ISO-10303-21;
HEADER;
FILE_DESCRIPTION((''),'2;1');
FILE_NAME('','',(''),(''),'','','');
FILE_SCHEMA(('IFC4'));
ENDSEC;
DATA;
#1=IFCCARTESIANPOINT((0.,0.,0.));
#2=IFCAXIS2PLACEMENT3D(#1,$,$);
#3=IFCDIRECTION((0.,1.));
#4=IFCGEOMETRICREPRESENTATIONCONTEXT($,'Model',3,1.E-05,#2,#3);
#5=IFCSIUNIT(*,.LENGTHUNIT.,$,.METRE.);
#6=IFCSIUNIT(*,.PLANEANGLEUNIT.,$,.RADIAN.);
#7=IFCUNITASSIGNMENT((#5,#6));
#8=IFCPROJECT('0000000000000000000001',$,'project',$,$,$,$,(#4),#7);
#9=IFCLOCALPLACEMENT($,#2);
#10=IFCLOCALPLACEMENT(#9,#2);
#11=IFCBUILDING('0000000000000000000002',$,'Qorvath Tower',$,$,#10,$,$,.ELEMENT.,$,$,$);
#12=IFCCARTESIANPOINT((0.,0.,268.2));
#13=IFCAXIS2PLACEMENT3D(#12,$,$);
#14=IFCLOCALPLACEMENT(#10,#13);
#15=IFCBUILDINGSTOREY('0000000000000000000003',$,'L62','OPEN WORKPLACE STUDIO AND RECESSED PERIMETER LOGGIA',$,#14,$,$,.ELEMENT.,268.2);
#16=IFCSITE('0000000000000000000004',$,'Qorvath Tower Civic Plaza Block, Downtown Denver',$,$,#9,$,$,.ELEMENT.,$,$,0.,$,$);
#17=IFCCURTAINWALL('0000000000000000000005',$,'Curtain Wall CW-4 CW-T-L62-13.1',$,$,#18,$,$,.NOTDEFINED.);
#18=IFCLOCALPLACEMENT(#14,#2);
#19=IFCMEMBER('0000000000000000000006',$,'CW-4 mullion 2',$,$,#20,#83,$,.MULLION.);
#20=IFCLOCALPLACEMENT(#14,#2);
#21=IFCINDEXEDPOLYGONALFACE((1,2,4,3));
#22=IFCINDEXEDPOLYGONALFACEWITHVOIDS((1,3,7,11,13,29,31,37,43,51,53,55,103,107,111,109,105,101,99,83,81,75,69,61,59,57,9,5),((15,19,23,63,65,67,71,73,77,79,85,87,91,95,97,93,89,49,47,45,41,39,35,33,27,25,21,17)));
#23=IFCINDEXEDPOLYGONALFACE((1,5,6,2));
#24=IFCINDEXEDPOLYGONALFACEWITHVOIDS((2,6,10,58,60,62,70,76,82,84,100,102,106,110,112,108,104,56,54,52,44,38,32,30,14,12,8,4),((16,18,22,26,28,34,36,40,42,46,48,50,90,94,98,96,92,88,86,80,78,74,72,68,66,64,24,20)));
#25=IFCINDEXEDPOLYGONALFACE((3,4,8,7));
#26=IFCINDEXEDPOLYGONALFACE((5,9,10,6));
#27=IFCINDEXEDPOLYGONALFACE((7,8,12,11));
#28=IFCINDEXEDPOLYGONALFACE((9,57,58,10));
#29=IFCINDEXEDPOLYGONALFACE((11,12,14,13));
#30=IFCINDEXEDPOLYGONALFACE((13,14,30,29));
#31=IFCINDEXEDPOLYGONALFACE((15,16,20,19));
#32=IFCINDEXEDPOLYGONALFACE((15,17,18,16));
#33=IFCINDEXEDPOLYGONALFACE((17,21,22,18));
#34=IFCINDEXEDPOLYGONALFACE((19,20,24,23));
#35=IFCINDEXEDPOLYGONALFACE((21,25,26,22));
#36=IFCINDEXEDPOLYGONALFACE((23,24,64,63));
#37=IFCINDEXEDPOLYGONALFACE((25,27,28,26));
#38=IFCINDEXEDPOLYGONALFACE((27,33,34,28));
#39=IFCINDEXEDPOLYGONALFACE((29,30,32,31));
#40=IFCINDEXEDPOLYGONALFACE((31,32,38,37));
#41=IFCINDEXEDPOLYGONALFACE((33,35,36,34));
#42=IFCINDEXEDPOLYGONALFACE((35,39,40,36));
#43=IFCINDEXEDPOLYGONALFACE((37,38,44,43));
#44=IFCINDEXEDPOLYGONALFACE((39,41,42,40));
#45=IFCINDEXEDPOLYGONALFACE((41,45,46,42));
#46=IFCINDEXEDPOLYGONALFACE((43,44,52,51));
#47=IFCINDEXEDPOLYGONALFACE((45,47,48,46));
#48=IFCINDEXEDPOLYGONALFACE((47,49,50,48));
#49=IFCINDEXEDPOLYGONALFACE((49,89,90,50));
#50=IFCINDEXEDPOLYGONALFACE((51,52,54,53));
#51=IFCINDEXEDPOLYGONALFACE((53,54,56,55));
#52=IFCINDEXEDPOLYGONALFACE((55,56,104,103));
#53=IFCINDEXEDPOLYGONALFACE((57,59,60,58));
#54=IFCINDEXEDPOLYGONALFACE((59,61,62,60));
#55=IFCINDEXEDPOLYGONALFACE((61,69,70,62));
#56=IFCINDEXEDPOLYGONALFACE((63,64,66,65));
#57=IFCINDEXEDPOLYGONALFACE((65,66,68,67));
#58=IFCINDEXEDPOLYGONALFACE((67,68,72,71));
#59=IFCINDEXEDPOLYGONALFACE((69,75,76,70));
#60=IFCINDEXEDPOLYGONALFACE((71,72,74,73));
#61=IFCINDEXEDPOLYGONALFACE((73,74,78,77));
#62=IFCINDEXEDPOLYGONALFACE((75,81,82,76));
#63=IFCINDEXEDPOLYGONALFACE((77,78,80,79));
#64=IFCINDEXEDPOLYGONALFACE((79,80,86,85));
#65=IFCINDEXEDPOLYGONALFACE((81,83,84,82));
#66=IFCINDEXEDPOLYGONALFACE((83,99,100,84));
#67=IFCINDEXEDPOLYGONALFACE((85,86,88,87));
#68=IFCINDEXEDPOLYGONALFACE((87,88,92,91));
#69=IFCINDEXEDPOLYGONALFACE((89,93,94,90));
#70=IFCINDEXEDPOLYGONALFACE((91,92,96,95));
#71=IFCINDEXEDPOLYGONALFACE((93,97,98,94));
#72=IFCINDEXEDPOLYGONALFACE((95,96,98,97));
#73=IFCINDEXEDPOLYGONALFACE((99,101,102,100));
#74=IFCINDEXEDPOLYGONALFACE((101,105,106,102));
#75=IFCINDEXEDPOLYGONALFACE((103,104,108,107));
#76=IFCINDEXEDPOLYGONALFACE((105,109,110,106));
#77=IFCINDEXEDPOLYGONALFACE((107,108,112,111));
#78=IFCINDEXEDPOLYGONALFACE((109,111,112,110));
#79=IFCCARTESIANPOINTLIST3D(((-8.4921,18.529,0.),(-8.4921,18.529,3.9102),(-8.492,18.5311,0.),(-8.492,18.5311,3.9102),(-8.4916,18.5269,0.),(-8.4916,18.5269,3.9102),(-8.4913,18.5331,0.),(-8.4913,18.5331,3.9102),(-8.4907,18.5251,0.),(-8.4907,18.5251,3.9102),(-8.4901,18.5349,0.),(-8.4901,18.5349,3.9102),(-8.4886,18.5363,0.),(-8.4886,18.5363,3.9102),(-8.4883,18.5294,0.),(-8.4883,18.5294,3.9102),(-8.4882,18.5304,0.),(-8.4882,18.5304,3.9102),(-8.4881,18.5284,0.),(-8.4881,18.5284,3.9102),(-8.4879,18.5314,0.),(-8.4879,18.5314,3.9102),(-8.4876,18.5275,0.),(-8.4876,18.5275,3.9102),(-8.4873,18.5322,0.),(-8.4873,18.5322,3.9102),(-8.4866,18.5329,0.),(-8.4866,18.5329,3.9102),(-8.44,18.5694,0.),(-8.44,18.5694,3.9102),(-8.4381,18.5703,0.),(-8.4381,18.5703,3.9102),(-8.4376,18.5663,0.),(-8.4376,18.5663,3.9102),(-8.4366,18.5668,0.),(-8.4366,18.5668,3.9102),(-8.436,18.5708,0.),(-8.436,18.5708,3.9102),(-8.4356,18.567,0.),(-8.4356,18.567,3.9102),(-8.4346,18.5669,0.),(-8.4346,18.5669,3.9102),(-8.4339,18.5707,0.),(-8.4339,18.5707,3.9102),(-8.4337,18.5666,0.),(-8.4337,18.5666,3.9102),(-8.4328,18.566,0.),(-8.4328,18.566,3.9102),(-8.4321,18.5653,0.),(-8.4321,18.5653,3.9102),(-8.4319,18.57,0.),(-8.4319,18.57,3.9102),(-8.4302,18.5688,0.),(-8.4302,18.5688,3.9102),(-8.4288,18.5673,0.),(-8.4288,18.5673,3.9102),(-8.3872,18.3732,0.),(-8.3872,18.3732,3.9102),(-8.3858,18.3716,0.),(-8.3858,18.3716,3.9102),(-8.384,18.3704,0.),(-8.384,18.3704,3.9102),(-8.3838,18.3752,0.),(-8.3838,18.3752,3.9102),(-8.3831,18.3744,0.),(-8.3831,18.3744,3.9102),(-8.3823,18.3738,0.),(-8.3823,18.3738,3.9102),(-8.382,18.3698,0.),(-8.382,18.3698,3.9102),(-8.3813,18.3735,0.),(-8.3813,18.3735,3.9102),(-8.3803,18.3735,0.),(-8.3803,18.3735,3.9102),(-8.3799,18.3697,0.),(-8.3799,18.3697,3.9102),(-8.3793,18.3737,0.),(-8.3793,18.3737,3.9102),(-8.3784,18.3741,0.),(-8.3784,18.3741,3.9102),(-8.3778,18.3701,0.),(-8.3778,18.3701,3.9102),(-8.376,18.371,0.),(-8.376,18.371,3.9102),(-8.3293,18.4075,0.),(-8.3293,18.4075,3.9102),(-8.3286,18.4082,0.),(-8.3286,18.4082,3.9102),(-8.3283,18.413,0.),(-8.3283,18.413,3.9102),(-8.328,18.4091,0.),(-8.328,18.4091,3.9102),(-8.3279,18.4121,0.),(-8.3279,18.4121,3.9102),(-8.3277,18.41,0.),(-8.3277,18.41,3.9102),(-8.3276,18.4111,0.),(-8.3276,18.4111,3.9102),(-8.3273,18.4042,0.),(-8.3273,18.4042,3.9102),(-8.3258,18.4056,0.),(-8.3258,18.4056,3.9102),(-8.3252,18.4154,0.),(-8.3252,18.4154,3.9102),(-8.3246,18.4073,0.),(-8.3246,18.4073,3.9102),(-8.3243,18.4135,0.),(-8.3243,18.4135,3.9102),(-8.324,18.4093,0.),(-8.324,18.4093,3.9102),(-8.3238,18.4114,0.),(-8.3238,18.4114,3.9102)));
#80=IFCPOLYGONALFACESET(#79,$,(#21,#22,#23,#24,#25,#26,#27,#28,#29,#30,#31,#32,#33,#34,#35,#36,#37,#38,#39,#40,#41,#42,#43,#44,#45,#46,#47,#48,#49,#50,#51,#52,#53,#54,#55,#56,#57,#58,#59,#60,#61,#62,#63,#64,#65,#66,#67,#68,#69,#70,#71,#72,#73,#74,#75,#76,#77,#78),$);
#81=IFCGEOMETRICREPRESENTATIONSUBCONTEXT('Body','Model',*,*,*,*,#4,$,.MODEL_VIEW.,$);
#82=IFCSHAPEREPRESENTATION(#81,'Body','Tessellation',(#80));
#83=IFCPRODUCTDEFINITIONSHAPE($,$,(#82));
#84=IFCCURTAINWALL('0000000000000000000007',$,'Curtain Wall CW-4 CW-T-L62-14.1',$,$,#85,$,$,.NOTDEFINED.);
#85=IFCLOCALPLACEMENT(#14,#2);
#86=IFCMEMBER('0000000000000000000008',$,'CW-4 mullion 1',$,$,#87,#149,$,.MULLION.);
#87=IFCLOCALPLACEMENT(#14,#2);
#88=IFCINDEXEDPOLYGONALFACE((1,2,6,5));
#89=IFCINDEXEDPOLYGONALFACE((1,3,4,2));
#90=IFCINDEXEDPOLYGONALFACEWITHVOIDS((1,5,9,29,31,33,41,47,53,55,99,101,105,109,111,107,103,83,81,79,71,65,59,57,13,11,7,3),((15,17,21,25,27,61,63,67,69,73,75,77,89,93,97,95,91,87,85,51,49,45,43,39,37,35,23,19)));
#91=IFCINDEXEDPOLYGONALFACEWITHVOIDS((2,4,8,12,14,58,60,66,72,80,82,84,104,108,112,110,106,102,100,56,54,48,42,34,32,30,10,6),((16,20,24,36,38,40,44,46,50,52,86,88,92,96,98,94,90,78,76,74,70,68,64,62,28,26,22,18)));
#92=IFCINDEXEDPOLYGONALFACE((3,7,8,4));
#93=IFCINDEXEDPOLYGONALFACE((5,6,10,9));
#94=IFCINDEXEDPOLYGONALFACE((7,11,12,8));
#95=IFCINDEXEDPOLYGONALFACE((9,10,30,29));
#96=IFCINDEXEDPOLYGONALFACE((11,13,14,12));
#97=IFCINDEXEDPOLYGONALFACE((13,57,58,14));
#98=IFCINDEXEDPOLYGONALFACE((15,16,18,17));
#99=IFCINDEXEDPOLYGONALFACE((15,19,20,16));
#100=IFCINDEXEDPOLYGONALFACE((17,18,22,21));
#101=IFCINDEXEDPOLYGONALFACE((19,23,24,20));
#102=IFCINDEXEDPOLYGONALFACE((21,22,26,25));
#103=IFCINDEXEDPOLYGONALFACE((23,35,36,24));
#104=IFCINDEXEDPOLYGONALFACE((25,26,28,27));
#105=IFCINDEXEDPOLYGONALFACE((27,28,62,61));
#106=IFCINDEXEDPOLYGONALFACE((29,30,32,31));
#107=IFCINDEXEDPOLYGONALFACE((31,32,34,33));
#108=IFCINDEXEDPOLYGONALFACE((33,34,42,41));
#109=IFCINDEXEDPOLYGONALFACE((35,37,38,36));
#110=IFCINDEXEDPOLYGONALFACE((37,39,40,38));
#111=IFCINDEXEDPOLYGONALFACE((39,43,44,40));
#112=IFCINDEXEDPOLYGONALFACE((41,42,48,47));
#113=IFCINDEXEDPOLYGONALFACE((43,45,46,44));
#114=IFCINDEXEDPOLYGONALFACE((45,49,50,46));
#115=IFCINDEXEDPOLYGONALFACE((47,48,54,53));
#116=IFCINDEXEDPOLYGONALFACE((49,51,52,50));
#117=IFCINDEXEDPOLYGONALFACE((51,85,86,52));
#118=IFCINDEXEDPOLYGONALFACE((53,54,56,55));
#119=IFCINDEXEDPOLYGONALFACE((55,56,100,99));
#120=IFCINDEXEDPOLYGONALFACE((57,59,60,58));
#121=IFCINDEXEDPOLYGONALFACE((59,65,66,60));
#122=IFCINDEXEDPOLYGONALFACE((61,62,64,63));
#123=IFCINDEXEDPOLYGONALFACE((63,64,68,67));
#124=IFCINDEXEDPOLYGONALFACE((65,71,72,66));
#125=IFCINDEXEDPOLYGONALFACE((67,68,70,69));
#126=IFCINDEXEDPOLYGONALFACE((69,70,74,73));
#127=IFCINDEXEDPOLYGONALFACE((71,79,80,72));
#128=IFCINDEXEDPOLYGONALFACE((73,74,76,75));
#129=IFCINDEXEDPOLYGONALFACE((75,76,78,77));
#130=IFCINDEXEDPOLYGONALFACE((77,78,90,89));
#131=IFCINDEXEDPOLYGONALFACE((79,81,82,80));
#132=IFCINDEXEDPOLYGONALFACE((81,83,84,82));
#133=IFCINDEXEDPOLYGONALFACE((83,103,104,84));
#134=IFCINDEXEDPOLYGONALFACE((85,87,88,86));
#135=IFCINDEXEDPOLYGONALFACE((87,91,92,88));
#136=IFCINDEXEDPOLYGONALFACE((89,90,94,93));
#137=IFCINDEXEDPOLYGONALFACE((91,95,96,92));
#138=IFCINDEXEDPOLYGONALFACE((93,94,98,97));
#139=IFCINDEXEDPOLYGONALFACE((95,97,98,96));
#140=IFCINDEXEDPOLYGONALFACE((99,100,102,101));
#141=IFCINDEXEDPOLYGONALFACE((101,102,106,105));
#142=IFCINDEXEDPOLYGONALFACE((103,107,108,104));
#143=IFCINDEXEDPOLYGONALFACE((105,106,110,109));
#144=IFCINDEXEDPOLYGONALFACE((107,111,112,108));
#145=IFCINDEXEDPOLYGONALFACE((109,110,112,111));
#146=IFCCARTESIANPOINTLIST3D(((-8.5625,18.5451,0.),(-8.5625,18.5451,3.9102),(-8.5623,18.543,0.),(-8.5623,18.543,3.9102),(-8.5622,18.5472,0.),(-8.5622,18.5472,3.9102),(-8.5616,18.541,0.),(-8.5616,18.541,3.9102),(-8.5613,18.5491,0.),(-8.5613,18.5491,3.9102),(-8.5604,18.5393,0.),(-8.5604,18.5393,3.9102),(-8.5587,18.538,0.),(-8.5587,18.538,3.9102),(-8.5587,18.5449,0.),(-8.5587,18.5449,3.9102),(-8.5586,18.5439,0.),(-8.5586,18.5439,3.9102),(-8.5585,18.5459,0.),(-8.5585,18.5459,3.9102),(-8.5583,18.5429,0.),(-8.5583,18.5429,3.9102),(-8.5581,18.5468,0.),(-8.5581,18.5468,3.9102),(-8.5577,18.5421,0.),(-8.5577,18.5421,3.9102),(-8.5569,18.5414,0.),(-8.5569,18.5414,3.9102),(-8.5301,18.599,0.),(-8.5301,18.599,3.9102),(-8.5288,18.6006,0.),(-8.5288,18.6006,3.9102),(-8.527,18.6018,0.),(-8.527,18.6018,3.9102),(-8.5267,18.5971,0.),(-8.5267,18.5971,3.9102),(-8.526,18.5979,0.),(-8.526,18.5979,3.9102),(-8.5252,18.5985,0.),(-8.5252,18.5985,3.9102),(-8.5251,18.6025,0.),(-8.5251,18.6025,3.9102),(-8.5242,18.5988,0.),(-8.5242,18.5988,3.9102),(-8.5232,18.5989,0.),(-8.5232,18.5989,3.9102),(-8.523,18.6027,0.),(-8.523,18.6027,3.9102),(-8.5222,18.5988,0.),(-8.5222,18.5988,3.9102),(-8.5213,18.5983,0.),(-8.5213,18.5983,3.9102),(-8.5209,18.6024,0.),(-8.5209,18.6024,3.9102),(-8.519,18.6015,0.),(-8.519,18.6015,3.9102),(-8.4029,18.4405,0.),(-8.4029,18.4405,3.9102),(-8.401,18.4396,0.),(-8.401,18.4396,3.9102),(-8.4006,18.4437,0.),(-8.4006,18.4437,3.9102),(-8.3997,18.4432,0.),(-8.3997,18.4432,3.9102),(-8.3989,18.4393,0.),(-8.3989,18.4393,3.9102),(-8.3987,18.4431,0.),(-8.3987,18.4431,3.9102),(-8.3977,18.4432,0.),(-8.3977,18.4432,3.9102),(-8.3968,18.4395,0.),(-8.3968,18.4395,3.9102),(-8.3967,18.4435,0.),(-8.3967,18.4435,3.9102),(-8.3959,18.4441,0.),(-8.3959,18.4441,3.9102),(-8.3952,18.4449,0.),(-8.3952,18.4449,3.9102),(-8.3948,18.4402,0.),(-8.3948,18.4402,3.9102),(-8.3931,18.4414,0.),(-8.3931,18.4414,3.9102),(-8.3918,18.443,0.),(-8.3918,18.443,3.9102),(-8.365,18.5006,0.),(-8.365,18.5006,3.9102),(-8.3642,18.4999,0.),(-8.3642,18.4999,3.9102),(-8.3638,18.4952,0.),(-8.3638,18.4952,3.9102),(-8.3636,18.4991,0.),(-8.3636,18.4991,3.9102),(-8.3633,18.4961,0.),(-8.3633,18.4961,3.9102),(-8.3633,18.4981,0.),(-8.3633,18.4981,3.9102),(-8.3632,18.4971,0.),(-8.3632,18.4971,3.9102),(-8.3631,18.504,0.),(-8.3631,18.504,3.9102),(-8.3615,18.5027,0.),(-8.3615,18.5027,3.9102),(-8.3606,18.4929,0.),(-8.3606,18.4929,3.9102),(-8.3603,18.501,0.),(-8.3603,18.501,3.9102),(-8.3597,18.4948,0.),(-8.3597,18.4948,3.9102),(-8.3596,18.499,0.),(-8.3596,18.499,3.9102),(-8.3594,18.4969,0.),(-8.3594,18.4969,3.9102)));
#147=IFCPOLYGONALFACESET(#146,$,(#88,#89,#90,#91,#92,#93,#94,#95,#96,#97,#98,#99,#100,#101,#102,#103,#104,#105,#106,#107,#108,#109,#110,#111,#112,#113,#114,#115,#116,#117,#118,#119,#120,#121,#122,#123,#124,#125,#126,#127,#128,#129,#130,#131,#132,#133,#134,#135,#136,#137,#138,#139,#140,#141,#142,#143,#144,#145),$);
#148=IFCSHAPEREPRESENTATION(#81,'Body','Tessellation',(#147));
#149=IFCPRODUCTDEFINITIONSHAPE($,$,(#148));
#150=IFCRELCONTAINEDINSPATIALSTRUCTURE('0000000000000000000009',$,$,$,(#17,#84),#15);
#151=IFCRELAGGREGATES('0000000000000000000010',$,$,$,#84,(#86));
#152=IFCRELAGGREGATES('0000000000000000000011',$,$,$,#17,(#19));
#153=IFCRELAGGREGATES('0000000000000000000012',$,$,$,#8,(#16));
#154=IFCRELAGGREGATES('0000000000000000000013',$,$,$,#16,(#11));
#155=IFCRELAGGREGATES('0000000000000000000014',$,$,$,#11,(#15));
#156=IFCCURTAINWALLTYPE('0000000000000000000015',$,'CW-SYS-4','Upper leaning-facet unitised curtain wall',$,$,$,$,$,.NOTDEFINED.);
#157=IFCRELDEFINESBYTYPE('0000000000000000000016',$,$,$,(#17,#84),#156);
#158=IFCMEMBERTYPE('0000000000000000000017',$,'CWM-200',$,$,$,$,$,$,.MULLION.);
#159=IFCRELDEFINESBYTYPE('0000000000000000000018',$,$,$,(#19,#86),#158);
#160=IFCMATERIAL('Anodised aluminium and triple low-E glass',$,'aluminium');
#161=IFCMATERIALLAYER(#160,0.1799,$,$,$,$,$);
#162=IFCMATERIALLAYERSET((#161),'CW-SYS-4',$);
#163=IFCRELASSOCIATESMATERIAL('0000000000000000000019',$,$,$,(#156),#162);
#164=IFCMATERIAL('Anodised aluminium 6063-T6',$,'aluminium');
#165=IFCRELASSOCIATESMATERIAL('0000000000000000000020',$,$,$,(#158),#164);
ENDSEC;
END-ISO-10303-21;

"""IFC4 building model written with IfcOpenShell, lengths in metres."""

from ifc_helpers import new_model, si_unit, direction, frame, origin, origin_2d, place, context, subcontext, project, spatial, hollow_rectangle, extrude, material, layer, layer_set, material_profile, profile_set, type_object, element, aggregate, save


model = new_model("IFC4")

# Units and contexts
model_context = context("Model", 3, precision=1e-05, world=origin(), true_north=direction((0.0, 1.0)))
body_context = subcontext(model_context, "Body", "Model", "MODEL_VIEW")
ifc_project = project(units=[si_unit("LENGTHUNIT", "METRE"), si_unit("PLANEANGLEUNIT", "RADIAN")], contexts=[model_context])

# Site, building, storey
site_placement = place(None, origin())
site = spatial("IfcSite", under=ifc_project, at=site_placement, Name="Qorvath Tower Civic Plaza Block, Downtown Denver", CompositionType="ELEMENT", RefElevation=0.0)
building_placement = place(site_placement, origin())
building = spatial("IfcBuilding", under=site, at=building_placement, Name="Qorvath Tower", CompositionType="ELEMENT")
storey_placement = place(building_placement, frame((0.0, 0.0, 268.2)))
storey = spatial("IfcBuildingStorey", under=building, at=storey_placement, Name="L62", Description="OPEN WORKPLACE STUDIO AND RECESSED PERIMETER LOGGIA", CompositionType="ELEMENT", Elevation=268.2)

# Shared definitions
ifc_material_1 = material(Name="Anodised aluminium and triple low-E glass", Category="aluminium")
ifc_layer_1 = layer(ifc_material_1, 0.1799)
ifc_layer_set_1 = layer_set([ifc_layer_1], Name="CW-SYS-4")
curtain_wall_type = type_object("IfcCurtainWallType", Name="CW-SYS-4", Description="Upper leaning-facet unitised curtain wall", PredefinedType="NOTDEFINED", material=ifc_layer_set_1)
ifc_material_2 = material(Name="Anodised aluminium 6063-T6", Category="aluminium")
ifc_material_profile_1 = material_profile(ifc_material_2, hollow_rectangle(XDim=0.075, YDim=0.2, WallThickness=0.0039, InnerFilletRadius=0.0039, OuterFilletRadius=0.0081, at=origin_2d()), Name="CWM 200x75")
ifc_profile_set_1 = profile_set([ifc_material_profile_1], Name="Anodised aluminium 6063-T6")
member_type_1 = type_object("IfcMemberType", Name="CWM-200", PredefinedType="MULLION", material=ifc_profile_set_1)

# Curtain wall, member
curtain_wall_1_placement = place(storey_placement, origin())
curtain_wall_1 = element("IfcCurtainWall", 1, at=curtain_wall_1_placement, inside=storey, type_object=curtain_wall_type, Name="Curtain Wall CW-4 CW-T-L62-13.1", PredefinedType="NOTDEFINED")
member_1_placement = place(storey_placement, frame((-8.408, 18.4702, 0.0), z_axis=(0.0, 0.0, 1.0), x_axis=(-0.826319, -0.563203, 0.0)))
member_1 = element("IfcMember", 2, at=member_1_placement, type_object=member_type_1, Name="CW-4 mullion 2", PredefinedType="MULLION", context=body_context, shape_type="SweptSolid", body=[
    extrude(hollow_rectangle(XDim=0.075, YDim=0.2, WallThickness=0.0039, InnerFilletRadius=0.0039, OuterFilletRadius=0.0081, at=origin_2d()), origin(), (0.0, 0.0, 1.0), 3.9102),
])

# Curtain wall, member
curtain_wall_2_placement = place(storey_placement, origin())
curtain_wall_2 = element("IfcCurtainWall", 3, at=curtain_wall_2_placement, inside=storey, type_object=curtain_wall_type, Name="Curtain Wall CW-4 CW-T-L62-14.1", PredefinedType="NOTDEFINED")
member_2_placement = place(storey_placement, frame((-8.4609, 18.521, 0.0), z_axis=(0.0, 0.0, 1.0), x_axis=(-0.530363, -0.847771, 0.0)))
member_2 = element("IfcMember", 4, at=member_2_placement, type_object=member_type_1, Name="CW-4 mullion 1", PredefinedType="MULLION", context=body_context, shape_type="SweptSolid", body=[
    extrude(hollow_rectangle(XDim=0.075, YDim=0.2, WallThickness=0.0039, InnerFilletRadius=0.0039, OuterFilletRadius=0.0081, at=origin_2d()), origin(), (0.0, 0.0, 1.0), 3.9102),
])

aggregate(curtain_wall_2, [member_2])

aggregate(curtain_wall_1, [member_1])

save(model, "model.ifc")
